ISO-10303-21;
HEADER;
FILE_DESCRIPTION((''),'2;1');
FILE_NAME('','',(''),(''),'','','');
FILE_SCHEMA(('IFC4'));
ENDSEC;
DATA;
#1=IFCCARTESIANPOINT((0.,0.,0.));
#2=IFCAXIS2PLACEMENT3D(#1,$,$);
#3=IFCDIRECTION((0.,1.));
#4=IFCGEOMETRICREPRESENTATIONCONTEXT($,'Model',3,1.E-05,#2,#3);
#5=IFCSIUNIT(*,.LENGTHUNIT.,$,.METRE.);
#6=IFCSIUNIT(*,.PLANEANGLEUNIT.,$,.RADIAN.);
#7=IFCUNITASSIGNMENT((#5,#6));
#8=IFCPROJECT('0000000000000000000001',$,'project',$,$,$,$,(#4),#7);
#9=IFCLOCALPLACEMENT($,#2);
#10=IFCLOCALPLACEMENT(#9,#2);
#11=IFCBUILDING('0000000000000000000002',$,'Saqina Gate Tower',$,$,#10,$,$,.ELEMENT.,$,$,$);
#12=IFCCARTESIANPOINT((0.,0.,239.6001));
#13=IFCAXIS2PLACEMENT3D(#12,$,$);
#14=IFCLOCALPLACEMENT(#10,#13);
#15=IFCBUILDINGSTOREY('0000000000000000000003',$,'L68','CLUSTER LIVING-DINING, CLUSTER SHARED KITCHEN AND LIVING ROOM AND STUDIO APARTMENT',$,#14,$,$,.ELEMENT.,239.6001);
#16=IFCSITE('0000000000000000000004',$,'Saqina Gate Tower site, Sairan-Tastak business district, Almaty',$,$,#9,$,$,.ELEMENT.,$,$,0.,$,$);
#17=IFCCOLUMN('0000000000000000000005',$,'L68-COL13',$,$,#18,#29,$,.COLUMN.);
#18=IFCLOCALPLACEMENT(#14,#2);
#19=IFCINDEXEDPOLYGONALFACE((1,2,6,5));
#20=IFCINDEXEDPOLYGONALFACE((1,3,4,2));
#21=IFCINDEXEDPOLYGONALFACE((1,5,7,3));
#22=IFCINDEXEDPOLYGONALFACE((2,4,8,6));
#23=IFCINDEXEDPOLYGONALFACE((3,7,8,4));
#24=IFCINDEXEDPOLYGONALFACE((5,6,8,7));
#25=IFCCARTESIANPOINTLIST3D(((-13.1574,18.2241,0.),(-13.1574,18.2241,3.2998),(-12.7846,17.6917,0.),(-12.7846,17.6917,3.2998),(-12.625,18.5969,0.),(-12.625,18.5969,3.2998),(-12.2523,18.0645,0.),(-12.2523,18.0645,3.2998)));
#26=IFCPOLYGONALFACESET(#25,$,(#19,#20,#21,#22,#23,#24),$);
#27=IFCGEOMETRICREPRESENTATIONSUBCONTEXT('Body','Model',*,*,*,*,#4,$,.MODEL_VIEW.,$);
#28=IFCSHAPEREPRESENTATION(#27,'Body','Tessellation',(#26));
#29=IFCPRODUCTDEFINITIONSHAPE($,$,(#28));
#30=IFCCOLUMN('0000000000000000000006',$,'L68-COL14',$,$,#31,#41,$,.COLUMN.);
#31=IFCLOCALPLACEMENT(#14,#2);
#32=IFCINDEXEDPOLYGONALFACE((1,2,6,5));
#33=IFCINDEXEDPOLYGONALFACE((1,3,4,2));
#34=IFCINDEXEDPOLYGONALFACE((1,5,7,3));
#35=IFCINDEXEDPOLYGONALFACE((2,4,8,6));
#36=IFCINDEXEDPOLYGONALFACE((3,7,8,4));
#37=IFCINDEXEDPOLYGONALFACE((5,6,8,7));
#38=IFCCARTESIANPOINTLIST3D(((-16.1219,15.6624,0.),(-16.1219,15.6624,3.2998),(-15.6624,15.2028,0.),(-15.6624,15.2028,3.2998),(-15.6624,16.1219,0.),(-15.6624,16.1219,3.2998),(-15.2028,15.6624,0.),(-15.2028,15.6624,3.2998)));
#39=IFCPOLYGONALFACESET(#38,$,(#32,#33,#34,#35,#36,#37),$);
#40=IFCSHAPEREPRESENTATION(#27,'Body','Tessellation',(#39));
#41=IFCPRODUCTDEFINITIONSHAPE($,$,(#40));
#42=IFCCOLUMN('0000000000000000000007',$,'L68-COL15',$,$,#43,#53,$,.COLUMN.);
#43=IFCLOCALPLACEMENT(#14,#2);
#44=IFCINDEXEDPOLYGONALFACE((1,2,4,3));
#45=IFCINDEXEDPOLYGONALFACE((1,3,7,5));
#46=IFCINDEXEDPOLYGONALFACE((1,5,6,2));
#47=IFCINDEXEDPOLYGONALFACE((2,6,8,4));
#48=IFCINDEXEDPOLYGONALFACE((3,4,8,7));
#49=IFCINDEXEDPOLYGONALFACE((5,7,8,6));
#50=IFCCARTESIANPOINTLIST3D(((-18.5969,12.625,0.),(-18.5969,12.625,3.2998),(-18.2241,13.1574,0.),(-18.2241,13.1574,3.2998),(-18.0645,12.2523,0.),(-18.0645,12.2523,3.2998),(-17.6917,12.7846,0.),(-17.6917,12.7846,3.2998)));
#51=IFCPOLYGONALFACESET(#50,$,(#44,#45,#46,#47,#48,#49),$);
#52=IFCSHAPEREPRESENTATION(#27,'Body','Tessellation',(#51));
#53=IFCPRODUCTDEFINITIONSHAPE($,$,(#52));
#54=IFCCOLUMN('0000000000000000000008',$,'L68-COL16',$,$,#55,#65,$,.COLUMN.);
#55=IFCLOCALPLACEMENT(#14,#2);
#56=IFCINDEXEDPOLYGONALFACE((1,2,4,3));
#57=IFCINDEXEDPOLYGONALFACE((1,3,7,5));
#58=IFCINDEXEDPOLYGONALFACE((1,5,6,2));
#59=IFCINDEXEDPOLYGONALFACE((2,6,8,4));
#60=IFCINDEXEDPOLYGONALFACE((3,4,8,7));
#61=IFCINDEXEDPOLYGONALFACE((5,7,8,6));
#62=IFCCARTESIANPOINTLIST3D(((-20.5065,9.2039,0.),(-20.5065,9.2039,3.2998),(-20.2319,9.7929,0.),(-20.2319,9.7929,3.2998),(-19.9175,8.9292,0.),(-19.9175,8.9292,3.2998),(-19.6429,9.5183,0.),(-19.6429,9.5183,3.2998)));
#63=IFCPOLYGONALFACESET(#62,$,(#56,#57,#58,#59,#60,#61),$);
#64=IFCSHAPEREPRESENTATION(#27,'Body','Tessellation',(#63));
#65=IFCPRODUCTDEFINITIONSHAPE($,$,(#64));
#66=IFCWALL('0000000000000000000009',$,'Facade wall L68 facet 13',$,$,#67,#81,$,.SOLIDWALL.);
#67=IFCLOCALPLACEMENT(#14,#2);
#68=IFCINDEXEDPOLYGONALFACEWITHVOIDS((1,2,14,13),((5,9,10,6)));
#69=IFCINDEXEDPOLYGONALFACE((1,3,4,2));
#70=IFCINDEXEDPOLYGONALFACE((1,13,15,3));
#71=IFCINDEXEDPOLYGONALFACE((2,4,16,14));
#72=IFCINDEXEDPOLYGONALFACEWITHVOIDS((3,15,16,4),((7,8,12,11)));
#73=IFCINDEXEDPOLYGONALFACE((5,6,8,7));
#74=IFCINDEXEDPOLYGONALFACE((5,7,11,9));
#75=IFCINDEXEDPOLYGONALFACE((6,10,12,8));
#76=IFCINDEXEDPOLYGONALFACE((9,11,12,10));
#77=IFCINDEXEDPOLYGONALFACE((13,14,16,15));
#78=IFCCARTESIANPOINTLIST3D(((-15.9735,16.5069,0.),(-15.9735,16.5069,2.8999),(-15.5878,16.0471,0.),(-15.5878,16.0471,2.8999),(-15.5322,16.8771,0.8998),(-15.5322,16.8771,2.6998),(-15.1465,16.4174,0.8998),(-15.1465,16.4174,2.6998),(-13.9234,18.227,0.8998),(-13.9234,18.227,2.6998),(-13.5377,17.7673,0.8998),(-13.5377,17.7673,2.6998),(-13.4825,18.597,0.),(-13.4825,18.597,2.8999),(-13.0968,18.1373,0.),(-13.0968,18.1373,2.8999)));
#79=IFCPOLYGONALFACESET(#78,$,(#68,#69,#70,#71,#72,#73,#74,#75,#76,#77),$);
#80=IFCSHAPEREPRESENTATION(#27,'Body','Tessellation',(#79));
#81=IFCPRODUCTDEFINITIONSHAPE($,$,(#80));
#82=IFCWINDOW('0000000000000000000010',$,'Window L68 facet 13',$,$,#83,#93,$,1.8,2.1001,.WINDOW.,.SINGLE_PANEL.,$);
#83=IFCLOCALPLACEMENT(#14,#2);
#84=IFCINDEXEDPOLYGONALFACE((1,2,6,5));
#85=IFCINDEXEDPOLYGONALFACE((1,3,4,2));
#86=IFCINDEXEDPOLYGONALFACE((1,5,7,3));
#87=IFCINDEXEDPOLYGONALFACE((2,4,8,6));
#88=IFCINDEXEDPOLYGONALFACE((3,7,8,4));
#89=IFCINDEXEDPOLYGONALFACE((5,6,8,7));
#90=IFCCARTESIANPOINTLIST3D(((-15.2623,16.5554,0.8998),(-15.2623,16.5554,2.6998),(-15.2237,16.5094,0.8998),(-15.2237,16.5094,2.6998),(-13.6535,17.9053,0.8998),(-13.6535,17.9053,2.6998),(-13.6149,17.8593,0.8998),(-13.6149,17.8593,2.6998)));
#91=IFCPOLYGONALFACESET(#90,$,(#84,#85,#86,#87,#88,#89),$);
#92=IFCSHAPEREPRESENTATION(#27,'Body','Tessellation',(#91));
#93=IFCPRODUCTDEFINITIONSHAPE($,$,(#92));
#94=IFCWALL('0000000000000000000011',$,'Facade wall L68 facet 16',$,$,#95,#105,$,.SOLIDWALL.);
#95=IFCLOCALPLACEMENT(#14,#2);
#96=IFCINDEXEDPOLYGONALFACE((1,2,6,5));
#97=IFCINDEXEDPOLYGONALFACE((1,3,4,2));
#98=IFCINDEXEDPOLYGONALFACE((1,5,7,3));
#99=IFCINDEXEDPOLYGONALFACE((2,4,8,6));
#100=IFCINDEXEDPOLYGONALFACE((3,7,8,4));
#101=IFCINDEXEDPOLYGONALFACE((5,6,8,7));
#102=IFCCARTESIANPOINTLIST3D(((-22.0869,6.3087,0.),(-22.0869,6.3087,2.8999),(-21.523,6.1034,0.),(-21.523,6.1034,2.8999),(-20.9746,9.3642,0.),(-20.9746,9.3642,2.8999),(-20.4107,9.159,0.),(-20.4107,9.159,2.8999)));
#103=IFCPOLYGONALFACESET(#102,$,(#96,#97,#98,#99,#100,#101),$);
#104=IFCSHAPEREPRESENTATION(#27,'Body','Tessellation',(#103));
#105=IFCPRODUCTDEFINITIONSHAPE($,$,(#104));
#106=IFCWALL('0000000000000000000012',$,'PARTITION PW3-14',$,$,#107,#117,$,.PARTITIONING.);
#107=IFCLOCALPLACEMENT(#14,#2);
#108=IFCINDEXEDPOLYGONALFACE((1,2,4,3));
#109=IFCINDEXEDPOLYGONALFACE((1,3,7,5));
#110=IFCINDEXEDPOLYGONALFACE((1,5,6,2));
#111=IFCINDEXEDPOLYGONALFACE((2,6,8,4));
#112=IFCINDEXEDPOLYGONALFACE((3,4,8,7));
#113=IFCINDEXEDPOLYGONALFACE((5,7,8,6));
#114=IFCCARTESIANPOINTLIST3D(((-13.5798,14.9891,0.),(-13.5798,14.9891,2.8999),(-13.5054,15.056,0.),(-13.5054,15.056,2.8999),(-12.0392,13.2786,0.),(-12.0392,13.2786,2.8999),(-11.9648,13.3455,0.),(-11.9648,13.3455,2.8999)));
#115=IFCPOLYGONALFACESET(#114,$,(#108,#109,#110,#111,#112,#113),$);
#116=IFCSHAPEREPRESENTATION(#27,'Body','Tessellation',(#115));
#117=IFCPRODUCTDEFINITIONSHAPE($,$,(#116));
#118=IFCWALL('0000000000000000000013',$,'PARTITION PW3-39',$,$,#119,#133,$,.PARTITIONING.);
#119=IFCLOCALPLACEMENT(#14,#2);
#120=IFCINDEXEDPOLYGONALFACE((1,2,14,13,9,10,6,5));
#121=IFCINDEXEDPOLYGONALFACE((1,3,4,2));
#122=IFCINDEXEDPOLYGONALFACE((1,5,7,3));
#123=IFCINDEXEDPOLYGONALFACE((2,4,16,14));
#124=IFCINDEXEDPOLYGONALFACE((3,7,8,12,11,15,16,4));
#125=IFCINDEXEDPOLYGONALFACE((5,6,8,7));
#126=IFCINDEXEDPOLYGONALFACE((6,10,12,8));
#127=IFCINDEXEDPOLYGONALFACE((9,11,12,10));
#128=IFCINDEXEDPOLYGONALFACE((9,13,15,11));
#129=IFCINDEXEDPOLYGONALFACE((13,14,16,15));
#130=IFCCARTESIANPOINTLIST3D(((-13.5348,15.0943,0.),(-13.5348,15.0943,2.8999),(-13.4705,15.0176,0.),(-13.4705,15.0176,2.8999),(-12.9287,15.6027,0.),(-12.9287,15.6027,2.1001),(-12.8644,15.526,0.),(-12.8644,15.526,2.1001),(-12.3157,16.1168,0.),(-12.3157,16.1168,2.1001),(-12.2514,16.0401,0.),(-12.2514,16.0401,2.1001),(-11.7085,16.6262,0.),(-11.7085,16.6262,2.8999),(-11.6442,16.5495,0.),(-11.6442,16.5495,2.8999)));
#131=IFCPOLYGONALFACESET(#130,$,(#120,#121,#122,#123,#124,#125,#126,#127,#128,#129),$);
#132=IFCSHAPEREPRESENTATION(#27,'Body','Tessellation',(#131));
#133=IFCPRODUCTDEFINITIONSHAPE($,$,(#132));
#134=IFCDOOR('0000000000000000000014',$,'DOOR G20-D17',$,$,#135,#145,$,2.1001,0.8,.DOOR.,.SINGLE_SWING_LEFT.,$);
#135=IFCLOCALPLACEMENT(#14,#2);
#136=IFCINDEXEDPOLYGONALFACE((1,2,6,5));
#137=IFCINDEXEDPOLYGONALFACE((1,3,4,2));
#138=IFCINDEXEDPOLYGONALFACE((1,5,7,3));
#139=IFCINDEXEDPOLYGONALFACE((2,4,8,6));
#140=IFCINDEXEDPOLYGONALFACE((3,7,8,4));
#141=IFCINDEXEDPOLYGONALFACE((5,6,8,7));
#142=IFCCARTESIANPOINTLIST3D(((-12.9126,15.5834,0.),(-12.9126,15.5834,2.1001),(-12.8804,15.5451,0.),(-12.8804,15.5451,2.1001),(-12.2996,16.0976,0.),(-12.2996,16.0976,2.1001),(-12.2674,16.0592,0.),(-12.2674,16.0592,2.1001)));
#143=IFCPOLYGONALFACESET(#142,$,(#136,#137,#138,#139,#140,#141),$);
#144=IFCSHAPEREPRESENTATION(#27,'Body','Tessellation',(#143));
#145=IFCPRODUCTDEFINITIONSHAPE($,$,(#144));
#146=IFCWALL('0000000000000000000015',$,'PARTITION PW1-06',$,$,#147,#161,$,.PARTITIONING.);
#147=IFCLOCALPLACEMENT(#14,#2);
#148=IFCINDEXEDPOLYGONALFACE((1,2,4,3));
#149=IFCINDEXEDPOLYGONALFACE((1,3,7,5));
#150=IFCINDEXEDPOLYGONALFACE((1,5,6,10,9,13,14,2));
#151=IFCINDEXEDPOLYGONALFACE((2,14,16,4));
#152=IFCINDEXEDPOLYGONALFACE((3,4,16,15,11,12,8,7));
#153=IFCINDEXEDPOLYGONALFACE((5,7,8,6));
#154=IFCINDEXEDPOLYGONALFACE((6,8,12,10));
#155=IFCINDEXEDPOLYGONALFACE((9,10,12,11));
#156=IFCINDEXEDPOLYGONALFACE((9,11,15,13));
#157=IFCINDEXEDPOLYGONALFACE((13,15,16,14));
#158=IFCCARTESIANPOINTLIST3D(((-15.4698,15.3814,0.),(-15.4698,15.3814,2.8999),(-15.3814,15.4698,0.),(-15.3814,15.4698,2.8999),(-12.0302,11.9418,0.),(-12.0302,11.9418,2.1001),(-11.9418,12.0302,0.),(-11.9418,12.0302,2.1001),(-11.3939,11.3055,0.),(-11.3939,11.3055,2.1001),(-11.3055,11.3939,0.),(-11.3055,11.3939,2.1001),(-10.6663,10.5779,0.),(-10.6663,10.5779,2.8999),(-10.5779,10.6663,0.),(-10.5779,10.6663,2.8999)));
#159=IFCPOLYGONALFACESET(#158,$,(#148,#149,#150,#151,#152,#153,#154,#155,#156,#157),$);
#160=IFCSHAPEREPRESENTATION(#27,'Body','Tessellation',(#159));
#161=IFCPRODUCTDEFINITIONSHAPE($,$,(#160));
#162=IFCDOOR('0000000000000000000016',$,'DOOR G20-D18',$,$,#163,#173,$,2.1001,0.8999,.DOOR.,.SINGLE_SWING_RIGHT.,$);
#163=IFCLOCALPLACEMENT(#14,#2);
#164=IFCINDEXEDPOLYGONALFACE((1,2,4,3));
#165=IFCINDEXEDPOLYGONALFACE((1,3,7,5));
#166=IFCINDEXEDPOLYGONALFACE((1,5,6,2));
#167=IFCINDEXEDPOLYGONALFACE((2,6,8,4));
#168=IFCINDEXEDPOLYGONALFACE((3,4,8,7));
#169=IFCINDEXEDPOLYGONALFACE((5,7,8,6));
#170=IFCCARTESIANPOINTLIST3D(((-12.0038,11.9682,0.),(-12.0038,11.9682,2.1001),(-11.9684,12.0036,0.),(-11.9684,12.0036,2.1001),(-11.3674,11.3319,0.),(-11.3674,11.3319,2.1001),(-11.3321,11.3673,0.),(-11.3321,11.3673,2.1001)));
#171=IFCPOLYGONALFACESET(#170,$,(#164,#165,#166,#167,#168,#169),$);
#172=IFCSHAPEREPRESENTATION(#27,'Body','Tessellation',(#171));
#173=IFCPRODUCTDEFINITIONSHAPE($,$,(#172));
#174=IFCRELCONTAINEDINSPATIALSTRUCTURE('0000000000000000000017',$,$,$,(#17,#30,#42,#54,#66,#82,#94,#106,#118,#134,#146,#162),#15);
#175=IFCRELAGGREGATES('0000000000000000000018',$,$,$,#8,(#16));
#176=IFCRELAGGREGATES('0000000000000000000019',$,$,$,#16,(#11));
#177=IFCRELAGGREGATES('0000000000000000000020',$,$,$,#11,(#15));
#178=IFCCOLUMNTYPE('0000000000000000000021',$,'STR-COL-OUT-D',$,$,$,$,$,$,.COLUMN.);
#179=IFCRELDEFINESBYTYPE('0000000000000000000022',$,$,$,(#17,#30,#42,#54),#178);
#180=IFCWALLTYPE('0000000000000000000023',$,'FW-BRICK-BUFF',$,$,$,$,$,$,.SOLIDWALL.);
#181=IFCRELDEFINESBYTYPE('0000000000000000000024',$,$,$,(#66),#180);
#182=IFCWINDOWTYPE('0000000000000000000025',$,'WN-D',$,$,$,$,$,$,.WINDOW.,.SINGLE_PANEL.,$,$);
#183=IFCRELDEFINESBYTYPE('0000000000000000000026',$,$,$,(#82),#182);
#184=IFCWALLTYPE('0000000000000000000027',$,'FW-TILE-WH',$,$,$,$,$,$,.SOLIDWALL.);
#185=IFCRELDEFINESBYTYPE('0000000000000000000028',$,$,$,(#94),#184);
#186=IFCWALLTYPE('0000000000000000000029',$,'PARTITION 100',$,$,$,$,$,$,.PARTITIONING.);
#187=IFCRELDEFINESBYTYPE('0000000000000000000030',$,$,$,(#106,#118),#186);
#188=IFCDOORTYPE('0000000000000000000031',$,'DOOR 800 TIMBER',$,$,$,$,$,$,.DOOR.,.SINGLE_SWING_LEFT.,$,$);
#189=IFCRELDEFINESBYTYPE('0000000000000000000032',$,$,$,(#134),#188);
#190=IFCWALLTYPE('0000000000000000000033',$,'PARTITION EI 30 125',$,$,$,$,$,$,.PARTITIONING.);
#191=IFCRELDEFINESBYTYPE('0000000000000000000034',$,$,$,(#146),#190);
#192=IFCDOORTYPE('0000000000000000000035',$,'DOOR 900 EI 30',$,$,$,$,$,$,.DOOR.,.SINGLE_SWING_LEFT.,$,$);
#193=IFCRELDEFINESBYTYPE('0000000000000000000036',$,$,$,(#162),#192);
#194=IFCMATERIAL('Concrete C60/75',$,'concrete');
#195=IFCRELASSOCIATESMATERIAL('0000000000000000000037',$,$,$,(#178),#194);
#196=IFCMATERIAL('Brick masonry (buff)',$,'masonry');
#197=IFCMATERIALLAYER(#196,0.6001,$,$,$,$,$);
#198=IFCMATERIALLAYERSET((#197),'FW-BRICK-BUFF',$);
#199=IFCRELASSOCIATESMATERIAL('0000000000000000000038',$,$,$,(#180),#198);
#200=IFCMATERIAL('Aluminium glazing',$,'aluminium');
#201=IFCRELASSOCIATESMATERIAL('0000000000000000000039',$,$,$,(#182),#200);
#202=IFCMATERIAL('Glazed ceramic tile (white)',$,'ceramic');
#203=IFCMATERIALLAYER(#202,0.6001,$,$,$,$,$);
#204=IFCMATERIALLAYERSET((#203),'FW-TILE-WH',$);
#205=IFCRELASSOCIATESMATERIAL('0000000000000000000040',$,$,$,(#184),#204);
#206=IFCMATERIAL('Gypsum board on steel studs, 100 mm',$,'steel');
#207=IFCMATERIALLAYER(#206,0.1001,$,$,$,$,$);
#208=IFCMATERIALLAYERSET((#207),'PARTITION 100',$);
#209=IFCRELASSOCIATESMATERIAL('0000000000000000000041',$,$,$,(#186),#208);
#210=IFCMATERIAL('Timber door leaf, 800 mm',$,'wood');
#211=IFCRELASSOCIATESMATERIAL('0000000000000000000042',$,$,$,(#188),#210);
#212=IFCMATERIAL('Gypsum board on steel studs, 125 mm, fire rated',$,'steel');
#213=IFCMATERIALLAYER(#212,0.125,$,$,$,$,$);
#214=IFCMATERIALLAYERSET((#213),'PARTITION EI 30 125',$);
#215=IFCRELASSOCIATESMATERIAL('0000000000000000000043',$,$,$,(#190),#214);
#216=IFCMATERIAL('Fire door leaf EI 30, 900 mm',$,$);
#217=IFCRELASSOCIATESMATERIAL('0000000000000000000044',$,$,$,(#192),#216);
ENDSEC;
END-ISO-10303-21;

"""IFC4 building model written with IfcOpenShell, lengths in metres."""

from ifc_helpers import new_model, si_unit, direction, frame, frame_2d, origin, origin_2d, place, context, subcontext, project, spatial, rectangle, extrude, material, layer, layer_set, material_profile, profile_set, type_object, element, fill, save


model = new_model("IFC4")

# Units and contexts
model_context = context("Model", 3, precision=1e-05, world=origin(), true_north=direction((0.0, 1.0)))
body_context = subcontext(model_context, "Body", "Model", "MODEL_VIEW")
ifc_project = project(units=[si_unit("LENGTHUNIT", "METRE"), si_unit("PLANEANGLEUNIT", "RADIAN")], contexts=[model_context])

# Site, building, storey
site_placement = place(None, origin())
site = spatial("IfcSite", under=ifc_project, at=site_placement, Name="Saqina Gate Tower site, Sairan-Tastak business district, Almaty", CompositionType="ELEMENT", RefElevation=0.0)
building_placement = place(site_placement, origin())
building = spatial("IfcBuilding", under=site, at=building_placement, Name="Saqina Gate Tower", CompositionType="ELEMENT")
storey_placement = place(building_placement, frame((0.0, 0.0, 239.6001)))
storey = spatial("IfcBuildingStorey", under=building, at=storey_placement, Name="L68", Description="CLUSTER LIVING-DINING, CLUSTER SHARED KITCHEN AND LIVING ROOM AND STUDIO APARTMENT", CompositionType="ELEMENT", Elevation=239.6001)

# Columns
ifc_material_1 = material(Name="Concrete C60/75", Category="concrete")
ifc_material_profile = material_profile(ifc_material_1, rectangle(XDim=0.6499, YDim=0.6499, at=origin_2d()), Name="RC 650x650")
ifc_profile_set = profile_set([ifc_material_profile], Name="Concrete C60/75")
column_type = type_object("IfcColumnType", Name="STR-COL-OUT-D", PredefinedType="COLUMN", material=ifc_profile_set)
for number, where, z_axis, x_axis, name in (
    (1, (-12.7048, 18.1443, 0.0), (0.0, 0.0, 1.0), (-0.573576, 0.819152, 0.0), "L68-COL13"),
    (2, (-15.6624, 15.6624, 0.0), (0.0, 0.0, 1.0), (-0.707107, 0.707107, 0.0), "L68-COL14"),
    (3, (-18.1443, 12.7048, 0.0), (0.0, 0.0, 1.0), (-0.819152, 0.573576, 0.0), "L68-COL15"),
    (4, (-20.0747, 9.3611, 0.0), (0.0, 0.0, 1.0), (-0.906308, 0.422618, 0.0), "L68-COL16"),
):
    element("IfcColumn", number, at=place(storey_placement, frame(where, z_axis=z_axis, x_axis=x_axis)), inside=storey, type_object=column_type, Name=name, PredefinedType="COLUMN", context=body_context, shape_type="SweptSolid", body=[
        extrude(rectangle(XDim=0.6499, YDim=0.6499, at=origin_2d()), origin(), (0.0, 0.0, 1.0), 3.2998),
    ])

# Wall, opening, window
ifc_material_2 = material(Name="Brick masonry (buff)", Category="masonry")
ifc_layer_1 = layer(ifc_material_2, 0.6001)
ifc_layer_set_1 = layer_set([ifc_layer_1], Name="FW-BRICK-BUFF")
wall_type_1 = type_object("IfcWallType", Name="FW-BRICK-BUFF", PredefinedType="SOLIDWALL", material=ifc_layer_set_1)
wall_1_placement = place(storey_placement, frame((-13.2896, 18.3672, 0.0), z_axis=(0.0, 0.0, 1.0), x_axis=(-0.766057, -0.642773, 0.0)))
wall_1 = element("IfcWall", 5, at=wall_1_placement, inside=storey, type_object=wall_type_1, Name="Facade wall L68 facet 13", PredefinedType="SOLIDWALL", context=body_context, shape_type="SweptSolid", body=[
    extrude(rectangle(XDim=3.2517, YDim=0.6001, at=frame_2d((1.626, 0.0))), origin(), (0.0, 0.0, 1.0), 2.8999),
])
opening_1_placement = place(wall_1_placement, frame((0.5757, 0.0, 0.8999)))
opening_1 = element("IfcOpeningElement", 6, at=opening_1_placement, cuts=wall_1, PredefinedType="OPENING", context=body_context, shape_type="SweptSolid", body=[
    extrude(rectangle(XDim=2.1001, YDim=1.8, at=frame_2d((1.05, 0.8999))), frame((0.0, 0.312, 0.0), z_axis=(0.0, -1.0, 0.0), x_axis=(1.0, 0.0, 0.0)), (0.0, 0.0, 1.0), 0.624),
])
ifc_material_3 = material(Name="Aluminium glazing", Category="aluminium")
window_type = type_object("IfcWindowType", Name="WN-D", PartitioningType="SINGLE_PANEL", PredefinedType="WINDOW", material=ifc_material_3)
window_placement = place(opening_1_placement, origin())
window = element("IfcWindow", 7, at=window_placement, inside=storey, type_object=window_type, Name="Window L68 facet 13", OverallHeight=1.8, OverallWidth=2.1001, PartitioningType="SINGLE_PANEL", PredefinedType="WINDOW", context=body_context, shape_type="SweptSolid", body=[
    extrude(rectangle(XDim=2.1001, YDim=1.8, at=frame_2d((1.05, 0.8999))), frame((0.0, 0.1799, 0.0), z_axis=(0.0, -1.0, 0.0), x_axis=(1.0, 0.0, 0.0)), (0.0, 0.0, 1.0), 0.0601),
])
fill(opening_1, window)

# Walls
ifc_material_4 = material(Name="Glazed ceramic tile (white)", Category="ceramic")
ifc_layer_2 = layer(ifc_material_4, 0.6001)
ifc_layer_set_2 = layer_set([ifc_layer_2], Name="FW-TILE-WH")
wall_type_2 = type_object("IfcWallType", Name="FW-TILE-WH", PredefinedType="SOLIDWALL", material=ifc_layer_set_2)
wall_2_placement = place(storey_placement, frame((-20.6926, 9.2617, 0.0), z_axis=(0.0, 0.0, 1.0), x_axis=(-0.342057, -0.939679, 0.0)))
element("IfcWall", 8, at=wall_2_placement, inside=storey, type_object=wall_type_2, Name="Facade wall L68 facet 16", PredefinedType="SOLIDWALL", context=body_context, shape_type="SweptSolid", body=[
    extrude(rectangle(XDim=3.2517, YDim=0.6001, at=frame_2d((1.626, 0.0))), origin(), (0.0, 0.0, 1.0), 2.8999),
])
ifc_material_5 = material(Name="Gypsum board on steel studs, 100 mm", Category="steel")
ifc_layer_3 = layer(ifc_material_5, 0.1001)
ifc_layer_set_3 = layer_set([ifc_layer_3], Name="PARTITION 100")
wall_type_3 = type_object("IfcWallType", Name="PARTITION 100", PredefinedType="PARTITIONING", material=ifc_layer_set_3)
wall_3_placement = place(storey_placement, frame((-13.5425, 15.0225, 0.0), z_axis=(0.0, 0.0, 1.0), x_axis=(0.669234, -0.743052, 0.0)))
element("IfcWall", 9, at=wall_3_placement, inside=storey, type_object=wall_type_3, Name="PARTITION PW3-14", PredefinedType="PARTITIONING", context=body_context, shape_type="SweptSolid", body=[
    extrude(rectangle(XDim=2.302, YDim=0.1001, at=frame_2d((1.1509, 0.0))), origin(), (0.0, 0.0, 1.0), 2.8999),
])

# Walls, openings, doors
wall_4_placement = place(storey_placement, frame((-13.5027, 15.0559, 0.0), z_axis=(0.0, 0.0, 1.0), x_axis=(0.766161, 0.642649, 0.0)))
wall_4 = element("IfcWall", 10, at=wall_4_placement, inside=storey, type_object=wall_type_3, Name="PARTITION PW3-39", PredefinedType="PARTITIONING", context=body_context, shape_type="SweptSolid", body=[
    extrude(rectangle(XDim=2.3838, YDim=0.1001, at=frame_2d((1.1919, 0.0))), origin(), (0.0, 0.0, 1.0), 2.8999),
])
opening_2_placement = place(wall_4_placement, frame((0.7913, 0.0, 0.0)))
opening_2 = element("IfcOpeningElement", 11, at=opening_2_placement, cuts=wall_4, PredefinedType="OPENING", context=body_context, shape_type="SweptSolid", body=[
    extrude(rectangle(XDim=0.8, YDim=2.1001, at=frame_2d((0.3999, 1.05))), frame((0.0, 0.062, 0.0), z_axis=(0.0, -1.0, 0.0), x_axis=(1.0, 0.0, 0.0)), (0.0, 0.0, 1.0), 0.124),
])
ifc_material_6 = material(Name="Timber door leaf, 800 mm", Category="wood")
door_type_1 = type_object("IfcDoorType", Name="DOOR 800 TIMBER", OperationType="SINGLE_SWING_LEFT", PredefinedType="DOOR", material=ifc_material_6)
door_1_placement = place(opening_2_placement, origin())
door_1 = element("IfcDoor", 12, at=door_1_placement, inside=storey, type_object=door_type_1, Name="DOOR G20-D17", OperationType="SINGLE_SWING_LEFT", OverallHeight=2.1001, OverallWidth=0.8, PredefinedType="DOOR", context=body_context, shape_type="SweptSolid", body=[
    extrude(rectangle(XDim=0.8, YDim=2.1001, at=frame_2d((0.3999, 1.05))), frame((0.0, 0.0249, 0.0), z_axis=(0.0, -1.0, 0.0), x_axis=(1.0, 0.0, 0.0)), (0.0, 0.0, 1.0), 0.05),
])
fill(opening_2, door_1)
ifc_material_7 = material(Name="Gypsum board on steel studs, 125 mm, fire rated", Category="steel")
ifc_layer_4 = layer(ifc_material_7, 0.125)
ifc_layer_set_4 = layer_set([ifc_layer_4], Name="PARTITION EI 30 125")
wall_type_4 = type_object("IfcWallType", Name="PARTITION EI 30 125", PredefinedType="PARTITIONING", material=ifc_layer_set_4)
wall_5_placement = place(storey_placement, frame((-15.4255, 15.4255, 0.0), z_axis=(0.0, 0.0, 1.0), x_axis=(0.707107, -0.707107, 0.0)))
wall_5 = element("IfcWall", 13, at=wall_5_placement, inside=storey, type_object=wall_type_4, Name="PARTITION PW1-06", PredefinedType="PARTITIONING", context=body_context, shape_type="SweptSolid", body=[
    extrude(rectangle(XDim=6.7932, YDim=0.125, at=frame_2d((3.3965, 0.0))), origin(), (0.0, 0.0, 1.0), 2.8999),
])
opening_3_placement = place(wall_5_placement, frame((4.8643, 0.0, 0.0)))
opening_3 = element("IfcOpeningElement", 14, at=opening_3_placement, cuts=wall_5, PredefinedType="OPENING", context=body_context, shape_type="SweptSolid", body=[
    extrude(rectangle(XDim=0.8999, YDim=2.1001, at=frame_2d((0.45, 1.05))), frame((0.0, 0.0745, 0.0), z_axis=(0.0, -1.0, 0.0), x_axis=(1.0, 0.0, 0.0)), (0.0, 0.0, 1.0), 0.1489),
])
ifc_material_8 = material(Name="Fire door leaf EI 30, 900 mm")
door_type_2 = type_object("IfcDoorType", Name="DOOR 900 EI 30", OperationType="SINGLE_SWING_LEFT", PredefinedType="DOOR", material=ifc_material_8)
door_2_placement = place(opening_3_placement, origin())
door_2 = element("IfcDoor", 15, at=door_2_placement, inside=storey, type_object=door_type_2, Name="DOOR G20-D18", OperationType="SINGLE_SWING_RIGHT", OverallHeight=2.1001, OverallWidth=0.8999, PredefinedType="DOOR", context=body_context, shape_type="SweptSolid", body=[
    extrude(rectangle(XDim=0.8999, YDim=2.1001, at=frame_2d((0.45, 1.05))), frame((0.0, 0.0249, 0.0), z_axis=(0.0, -1.0, 0.0), x_axis=(1.0, 0.0, 0.0)), (0.0, 0.0, 1.0), 0.05),
])
fill(opening_3, door_2)

save(model, "model.ifc")
